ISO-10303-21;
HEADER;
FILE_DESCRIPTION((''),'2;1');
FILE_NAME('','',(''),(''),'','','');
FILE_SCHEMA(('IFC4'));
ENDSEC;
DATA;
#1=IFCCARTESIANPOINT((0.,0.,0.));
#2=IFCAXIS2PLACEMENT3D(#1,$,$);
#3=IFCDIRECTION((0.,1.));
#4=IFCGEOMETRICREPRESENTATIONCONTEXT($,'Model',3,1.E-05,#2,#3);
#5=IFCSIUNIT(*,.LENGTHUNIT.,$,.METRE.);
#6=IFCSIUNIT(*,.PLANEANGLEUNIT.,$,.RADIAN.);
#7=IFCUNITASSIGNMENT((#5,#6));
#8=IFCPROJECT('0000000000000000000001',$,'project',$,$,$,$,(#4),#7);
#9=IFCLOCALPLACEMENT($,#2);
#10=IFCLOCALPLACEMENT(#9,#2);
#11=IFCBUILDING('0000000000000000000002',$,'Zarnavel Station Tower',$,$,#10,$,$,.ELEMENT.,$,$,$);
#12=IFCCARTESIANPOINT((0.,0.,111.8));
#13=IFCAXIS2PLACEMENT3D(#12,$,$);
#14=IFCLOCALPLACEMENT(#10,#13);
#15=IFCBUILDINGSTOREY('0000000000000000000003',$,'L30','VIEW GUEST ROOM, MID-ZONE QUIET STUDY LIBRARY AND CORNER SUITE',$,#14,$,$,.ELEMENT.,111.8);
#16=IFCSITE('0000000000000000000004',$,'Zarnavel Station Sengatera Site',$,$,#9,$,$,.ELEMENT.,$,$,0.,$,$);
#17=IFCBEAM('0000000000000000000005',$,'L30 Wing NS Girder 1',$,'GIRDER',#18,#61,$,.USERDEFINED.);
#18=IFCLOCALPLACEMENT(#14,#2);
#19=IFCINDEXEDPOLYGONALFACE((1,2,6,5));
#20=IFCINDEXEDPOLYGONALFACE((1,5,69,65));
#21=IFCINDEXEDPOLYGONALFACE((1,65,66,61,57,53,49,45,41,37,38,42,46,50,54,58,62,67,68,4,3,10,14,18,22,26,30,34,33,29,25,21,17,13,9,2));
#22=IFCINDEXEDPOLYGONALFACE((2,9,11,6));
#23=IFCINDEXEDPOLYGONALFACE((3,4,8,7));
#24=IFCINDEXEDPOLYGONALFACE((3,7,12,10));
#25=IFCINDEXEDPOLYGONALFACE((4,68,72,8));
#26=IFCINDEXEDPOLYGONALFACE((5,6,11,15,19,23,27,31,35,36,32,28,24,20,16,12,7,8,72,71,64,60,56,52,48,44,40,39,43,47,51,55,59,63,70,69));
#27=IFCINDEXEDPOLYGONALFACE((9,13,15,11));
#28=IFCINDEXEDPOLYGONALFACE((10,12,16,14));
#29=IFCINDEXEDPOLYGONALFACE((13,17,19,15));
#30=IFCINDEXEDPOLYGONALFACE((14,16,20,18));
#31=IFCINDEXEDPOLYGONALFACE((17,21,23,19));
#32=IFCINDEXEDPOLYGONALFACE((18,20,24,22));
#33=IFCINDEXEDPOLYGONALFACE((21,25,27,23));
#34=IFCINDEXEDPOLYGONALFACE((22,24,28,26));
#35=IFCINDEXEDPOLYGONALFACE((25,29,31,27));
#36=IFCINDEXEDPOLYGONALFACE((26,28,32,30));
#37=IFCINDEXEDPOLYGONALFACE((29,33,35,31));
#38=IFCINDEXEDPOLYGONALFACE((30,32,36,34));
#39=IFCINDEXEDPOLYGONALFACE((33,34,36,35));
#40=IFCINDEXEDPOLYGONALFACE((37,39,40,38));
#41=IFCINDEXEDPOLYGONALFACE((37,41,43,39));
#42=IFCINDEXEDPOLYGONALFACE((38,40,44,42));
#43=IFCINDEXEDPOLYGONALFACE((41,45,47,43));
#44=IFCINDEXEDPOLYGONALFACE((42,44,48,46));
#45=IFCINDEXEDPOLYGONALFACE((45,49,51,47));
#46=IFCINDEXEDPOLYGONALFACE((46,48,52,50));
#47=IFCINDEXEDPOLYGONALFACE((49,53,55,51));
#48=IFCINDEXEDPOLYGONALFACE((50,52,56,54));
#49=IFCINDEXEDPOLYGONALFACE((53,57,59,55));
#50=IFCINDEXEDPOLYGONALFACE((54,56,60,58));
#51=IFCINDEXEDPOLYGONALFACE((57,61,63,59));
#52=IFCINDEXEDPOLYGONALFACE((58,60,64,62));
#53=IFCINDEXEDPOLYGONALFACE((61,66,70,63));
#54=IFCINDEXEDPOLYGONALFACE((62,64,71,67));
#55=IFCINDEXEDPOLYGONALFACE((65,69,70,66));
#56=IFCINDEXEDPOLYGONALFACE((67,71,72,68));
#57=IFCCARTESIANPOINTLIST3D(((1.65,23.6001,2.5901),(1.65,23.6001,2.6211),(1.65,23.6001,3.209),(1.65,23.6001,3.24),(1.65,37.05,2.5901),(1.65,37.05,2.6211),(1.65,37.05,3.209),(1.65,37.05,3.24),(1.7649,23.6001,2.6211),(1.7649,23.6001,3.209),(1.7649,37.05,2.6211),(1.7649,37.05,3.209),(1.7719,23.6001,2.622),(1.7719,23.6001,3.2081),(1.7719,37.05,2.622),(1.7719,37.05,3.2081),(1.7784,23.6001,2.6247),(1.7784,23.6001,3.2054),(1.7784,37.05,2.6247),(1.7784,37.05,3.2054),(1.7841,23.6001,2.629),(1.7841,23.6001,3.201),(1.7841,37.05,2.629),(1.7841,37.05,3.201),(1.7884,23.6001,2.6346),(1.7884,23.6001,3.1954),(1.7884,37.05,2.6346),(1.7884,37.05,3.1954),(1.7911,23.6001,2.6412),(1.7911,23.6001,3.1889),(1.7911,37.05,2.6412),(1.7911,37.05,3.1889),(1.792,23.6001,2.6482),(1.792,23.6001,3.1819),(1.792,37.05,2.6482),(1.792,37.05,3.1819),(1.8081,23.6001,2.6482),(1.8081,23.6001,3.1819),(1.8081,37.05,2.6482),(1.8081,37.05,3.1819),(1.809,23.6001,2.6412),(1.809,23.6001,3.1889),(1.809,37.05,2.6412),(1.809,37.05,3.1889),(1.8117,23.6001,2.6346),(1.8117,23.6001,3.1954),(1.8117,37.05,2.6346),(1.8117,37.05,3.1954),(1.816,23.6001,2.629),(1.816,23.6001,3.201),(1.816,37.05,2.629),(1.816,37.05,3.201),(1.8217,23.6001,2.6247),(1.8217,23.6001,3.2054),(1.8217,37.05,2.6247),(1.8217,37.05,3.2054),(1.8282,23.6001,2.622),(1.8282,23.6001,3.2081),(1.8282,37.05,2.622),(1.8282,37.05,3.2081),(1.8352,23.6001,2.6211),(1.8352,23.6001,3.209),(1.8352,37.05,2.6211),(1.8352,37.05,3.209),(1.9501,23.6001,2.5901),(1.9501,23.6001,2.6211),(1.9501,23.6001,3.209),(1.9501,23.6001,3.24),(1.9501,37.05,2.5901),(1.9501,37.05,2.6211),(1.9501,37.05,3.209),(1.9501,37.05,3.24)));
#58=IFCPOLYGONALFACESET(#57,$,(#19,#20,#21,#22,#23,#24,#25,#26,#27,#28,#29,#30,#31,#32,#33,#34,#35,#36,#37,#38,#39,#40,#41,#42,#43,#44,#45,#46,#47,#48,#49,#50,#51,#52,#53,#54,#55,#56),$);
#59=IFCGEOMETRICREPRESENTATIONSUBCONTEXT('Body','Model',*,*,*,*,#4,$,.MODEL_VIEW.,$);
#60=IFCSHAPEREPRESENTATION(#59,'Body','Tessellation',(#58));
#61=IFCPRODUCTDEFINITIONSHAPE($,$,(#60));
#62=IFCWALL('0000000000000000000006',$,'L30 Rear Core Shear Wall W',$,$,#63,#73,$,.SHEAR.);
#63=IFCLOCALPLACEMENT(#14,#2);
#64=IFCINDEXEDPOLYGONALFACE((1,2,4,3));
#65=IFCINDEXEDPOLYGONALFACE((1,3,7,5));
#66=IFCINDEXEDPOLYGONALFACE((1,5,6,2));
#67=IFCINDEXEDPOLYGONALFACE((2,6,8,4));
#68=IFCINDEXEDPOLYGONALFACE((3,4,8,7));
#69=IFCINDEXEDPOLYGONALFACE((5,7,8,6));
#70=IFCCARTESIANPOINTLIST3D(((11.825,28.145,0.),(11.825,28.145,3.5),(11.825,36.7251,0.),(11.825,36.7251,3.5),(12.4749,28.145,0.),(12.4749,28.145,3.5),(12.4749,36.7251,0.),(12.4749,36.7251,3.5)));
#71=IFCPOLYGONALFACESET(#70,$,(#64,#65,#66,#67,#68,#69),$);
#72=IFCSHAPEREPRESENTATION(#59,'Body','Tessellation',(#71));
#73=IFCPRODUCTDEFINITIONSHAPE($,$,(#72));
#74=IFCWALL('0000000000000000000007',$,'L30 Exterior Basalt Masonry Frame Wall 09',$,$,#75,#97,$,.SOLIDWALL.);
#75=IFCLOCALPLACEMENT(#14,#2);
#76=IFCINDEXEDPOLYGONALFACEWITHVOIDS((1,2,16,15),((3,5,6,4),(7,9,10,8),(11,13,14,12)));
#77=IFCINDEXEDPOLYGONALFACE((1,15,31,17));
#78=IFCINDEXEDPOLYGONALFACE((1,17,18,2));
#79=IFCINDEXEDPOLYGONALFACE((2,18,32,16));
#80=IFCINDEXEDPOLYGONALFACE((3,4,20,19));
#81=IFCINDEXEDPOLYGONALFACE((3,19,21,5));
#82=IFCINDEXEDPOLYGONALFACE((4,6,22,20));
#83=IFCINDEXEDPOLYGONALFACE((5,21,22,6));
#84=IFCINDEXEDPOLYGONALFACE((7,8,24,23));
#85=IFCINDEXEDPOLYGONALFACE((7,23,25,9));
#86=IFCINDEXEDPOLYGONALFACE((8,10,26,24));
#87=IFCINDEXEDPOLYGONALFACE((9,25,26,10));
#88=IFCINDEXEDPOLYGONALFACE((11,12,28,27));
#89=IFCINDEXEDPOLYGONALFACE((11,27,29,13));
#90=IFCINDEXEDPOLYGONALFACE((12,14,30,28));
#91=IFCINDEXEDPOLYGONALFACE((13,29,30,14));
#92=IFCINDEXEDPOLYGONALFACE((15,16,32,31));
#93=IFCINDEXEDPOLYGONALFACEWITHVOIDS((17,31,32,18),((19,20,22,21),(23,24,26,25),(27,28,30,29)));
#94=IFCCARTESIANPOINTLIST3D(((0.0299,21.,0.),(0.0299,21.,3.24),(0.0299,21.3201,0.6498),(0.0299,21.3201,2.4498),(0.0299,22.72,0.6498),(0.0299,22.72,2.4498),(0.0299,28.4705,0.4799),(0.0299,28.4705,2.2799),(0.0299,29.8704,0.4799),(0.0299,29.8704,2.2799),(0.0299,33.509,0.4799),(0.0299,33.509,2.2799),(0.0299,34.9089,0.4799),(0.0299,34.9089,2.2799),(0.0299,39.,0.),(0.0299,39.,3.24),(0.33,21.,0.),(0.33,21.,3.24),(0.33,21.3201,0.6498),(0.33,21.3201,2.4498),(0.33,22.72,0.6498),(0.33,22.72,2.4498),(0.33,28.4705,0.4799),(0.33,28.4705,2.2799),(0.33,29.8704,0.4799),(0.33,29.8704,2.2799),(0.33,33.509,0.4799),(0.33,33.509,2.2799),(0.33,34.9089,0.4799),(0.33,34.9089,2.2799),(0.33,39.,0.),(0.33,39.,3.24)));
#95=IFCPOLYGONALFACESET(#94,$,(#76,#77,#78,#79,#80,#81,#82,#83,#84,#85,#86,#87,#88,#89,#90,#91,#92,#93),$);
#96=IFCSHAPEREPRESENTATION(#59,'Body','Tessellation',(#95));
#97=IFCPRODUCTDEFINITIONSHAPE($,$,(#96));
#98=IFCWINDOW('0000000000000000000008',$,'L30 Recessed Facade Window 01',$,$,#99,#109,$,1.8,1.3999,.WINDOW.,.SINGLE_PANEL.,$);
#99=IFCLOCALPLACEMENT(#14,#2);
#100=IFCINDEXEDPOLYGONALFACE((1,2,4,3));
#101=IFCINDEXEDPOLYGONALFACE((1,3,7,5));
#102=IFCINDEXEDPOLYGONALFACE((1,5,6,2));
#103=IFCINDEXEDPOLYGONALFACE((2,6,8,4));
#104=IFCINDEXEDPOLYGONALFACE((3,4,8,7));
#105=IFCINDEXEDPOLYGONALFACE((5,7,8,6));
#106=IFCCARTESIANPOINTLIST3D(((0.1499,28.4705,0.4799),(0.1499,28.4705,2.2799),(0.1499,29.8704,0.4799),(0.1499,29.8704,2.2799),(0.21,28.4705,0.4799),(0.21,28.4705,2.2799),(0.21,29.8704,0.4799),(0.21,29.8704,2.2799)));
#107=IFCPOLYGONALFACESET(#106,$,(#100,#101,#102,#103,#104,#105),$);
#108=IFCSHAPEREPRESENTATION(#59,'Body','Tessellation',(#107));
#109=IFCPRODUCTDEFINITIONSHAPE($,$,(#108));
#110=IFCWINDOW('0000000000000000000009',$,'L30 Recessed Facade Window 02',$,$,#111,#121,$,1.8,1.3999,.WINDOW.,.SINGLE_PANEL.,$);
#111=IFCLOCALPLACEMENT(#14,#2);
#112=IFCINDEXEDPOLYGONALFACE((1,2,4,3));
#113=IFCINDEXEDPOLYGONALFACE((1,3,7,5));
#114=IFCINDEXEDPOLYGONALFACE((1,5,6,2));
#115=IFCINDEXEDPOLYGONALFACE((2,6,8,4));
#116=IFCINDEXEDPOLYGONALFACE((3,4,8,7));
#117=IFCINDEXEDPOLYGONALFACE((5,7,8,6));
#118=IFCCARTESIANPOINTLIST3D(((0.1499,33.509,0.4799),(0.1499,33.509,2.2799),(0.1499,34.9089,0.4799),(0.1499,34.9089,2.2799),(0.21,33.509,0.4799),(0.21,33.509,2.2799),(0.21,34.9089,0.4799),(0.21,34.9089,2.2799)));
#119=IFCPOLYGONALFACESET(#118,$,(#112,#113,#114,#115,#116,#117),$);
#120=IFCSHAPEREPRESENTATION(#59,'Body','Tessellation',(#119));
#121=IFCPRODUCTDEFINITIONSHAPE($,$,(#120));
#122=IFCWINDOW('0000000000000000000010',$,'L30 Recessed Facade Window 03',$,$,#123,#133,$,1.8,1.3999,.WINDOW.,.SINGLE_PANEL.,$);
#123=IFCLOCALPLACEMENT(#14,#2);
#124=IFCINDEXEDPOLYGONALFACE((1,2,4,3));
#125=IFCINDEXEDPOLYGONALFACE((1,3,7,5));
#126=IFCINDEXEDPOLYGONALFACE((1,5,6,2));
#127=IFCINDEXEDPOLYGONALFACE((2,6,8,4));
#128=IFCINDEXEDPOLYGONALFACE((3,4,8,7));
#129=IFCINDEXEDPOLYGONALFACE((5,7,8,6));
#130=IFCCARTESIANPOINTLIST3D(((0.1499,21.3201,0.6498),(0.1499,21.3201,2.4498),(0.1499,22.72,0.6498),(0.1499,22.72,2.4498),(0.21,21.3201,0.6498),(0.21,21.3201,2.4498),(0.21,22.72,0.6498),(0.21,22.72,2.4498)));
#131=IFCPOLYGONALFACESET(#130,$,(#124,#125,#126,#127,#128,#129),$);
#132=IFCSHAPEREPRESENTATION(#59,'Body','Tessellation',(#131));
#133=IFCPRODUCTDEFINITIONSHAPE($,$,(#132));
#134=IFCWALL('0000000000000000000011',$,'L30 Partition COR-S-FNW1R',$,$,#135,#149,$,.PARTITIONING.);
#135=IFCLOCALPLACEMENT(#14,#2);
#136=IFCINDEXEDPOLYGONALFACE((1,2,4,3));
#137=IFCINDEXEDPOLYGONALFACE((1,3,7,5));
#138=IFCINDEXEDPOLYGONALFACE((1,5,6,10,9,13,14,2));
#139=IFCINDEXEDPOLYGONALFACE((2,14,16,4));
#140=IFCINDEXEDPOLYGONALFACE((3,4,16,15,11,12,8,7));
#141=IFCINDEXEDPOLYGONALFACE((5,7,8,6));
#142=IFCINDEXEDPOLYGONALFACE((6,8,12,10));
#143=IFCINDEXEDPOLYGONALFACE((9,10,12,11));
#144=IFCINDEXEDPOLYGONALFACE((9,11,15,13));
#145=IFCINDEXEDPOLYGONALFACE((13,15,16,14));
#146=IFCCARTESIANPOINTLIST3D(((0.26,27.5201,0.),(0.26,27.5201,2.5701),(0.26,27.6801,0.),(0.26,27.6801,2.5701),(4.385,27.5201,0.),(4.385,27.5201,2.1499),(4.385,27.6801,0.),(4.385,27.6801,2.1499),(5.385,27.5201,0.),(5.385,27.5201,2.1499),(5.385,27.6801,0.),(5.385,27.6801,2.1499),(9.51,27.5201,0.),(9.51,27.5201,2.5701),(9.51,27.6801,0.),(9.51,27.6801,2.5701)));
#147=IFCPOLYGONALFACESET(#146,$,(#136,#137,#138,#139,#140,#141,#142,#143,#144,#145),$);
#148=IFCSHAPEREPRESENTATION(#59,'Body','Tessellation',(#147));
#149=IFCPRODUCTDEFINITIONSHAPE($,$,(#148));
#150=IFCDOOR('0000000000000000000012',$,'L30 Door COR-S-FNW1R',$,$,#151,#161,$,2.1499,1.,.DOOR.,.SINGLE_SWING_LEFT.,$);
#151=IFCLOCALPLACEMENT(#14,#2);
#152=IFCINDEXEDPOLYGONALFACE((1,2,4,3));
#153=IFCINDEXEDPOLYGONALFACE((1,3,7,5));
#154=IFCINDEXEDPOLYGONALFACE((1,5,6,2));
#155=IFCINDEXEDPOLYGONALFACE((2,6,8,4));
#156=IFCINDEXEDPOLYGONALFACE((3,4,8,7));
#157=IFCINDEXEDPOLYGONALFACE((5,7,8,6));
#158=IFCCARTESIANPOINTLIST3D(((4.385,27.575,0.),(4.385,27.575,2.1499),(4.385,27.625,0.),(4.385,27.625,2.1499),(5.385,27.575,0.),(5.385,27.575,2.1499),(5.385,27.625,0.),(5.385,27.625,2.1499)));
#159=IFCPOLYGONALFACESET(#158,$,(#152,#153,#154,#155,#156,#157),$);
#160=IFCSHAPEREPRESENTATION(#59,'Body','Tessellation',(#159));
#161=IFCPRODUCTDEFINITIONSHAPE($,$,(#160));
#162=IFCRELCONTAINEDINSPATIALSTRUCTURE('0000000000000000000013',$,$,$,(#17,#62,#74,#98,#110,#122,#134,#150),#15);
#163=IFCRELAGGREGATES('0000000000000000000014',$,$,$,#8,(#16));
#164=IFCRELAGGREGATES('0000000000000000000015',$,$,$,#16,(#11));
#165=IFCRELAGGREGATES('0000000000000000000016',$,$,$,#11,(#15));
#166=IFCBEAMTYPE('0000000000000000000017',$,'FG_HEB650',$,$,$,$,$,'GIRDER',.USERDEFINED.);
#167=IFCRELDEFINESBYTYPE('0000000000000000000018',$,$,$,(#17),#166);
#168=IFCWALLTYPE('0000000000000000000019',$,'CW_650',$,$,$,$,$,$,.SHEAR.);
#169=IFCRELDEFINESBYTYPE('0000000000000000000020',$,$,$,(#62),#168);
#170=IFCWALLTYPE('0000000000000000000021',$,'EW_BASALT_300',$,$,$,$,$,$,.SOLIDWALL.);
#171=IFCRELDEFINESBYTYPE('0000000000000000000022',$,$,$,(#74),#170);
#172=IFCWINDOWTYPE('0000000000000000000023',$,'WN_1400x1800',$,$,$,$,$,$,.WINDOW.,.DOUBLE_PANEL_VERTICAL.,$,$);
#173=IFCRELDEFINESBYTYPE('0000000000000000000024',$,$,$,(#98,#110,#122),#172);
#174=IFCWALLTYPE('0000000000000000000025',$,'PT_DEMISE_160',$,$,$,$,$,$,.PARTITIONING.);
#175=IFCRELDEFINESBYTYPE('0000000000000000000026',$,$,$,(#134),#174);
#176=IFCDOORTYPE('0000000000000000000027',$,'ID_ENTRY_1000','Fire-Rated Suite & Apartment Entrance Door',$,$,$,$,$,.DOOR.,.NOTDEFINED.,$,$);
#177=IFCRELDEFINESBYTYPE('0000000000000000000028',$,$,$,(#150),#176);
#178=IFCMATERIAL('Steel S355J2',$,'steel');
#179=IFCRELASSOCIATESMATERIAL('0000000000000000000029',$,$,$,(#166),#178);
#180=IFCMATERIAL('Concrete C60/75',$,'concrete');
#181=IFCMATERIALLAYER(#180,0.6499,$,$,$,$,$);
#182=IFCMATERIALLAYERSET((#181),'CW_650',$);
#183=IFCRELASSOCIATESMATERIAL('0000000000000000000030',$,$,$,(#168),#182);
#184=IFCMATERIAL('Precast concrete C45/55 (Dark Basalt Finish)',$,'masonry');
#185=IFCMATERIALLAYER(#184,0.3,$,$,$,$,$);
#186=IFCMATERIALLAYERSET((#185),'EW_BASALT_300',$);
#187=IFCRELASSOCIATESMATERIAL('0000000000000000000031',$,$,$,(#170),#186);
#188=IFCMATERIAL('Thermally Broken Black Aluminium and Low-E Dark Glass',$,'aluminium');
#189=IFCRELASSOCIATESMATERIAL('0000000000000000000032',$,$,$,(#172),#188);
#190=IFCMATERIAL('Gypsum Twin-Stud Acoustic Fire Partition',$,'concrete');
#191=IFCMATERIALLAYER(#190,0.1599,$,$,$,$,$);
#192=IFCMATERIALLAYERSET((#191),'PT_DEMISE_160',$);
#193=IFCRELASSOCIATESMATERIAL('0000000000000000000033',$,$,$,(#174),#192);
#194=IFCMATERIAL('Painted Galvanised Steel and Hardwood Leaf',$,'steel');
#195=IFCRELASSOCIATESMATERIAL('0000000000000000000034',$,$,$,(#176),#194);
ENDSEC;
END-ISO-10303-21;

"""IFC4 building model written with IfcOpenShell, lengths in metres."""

from ifc_helpers import new_model, si_unit, direction, frame, frame_2d, origin, origin_2d, place, context, subcontext, project, spatial, rectangle, i_section, extrude, material, layer, layer_set, material_profile, profile_set, type_object, element, fill, save


model = new_model("IFC4")

# Units and contexts
model_context = context("Model", 3, precision=1e-05, world=origin(), true_north=direction((0.0, 1.0)))
body_context = subcontext(model_context, "Body", "Model", "MODEL_VIEW")
ifc_project = project(units=[si_unit("LENGTHUNIT", "METRE"), si_unit("PLANEANGLEUNIT", "RADIAN")], contexts=[model_context])

# Site, building, storey
site_placement = place(None, origin())
site = spatial("IfcSite", under=ifc_project, at=site_placement, Name="Zarnavel Station Sengatera Site", CompositionType="ELEMENT", RefElevation=0.0)
building_placement = place(site_placement, origin())
building = spatial("IfcBuilding", under=site, at=building_placement, Name="Zarnavel Station Tower", CompositionType="ELEMENT")
storey_placement = place(building_placement, frame((0.0, 0.0, 111.8)))
storey = spatial("IfcBuildingStorey", under=building, at=storey_placement, Name="L30", Description="VIEW GUEST ROOM, MID-ZONE QUIET STUDY LIBRARY AND CORNER SUITE", CompositionType="ELEMENT", Elevation=111.8)

# Beam
ifc_material_1 = material(Name="Steel S355J2", Category="steel")
ifc_material_profile_1 = material_profile(ifc_material_1, i_section(OverallWidth=0.3, OverallDepth=0.6499, WebThickness=0.0161, FlangeThickness=0.031, FilletRadius=0.0271, at=origin_2d()), Name="HEB650")
ifc_profile_set_1 = profile_set([ifc_material_profile_1], Name="Steel S355J2")
beam_type_1 = type_object("IfcBeamType", Name="FG_HEB650", ElementType="GIRDER", PredefinedType="USERDEFINED", material=ifc_profile_set_1)
beam_1_placement = place(storey_placement, frame((1.8, 23.6001, 2.915), z_axis=(0.0, 1.0, 0.0), x_axis=(-1.0, 0.0, 0.0)))
element("IfcBeam", 1, at=beam_1_placement, inside=storey, type_object=beam_type_1, Name="L30 Wing NS Girder 1", ObjectType="GIRDER", PredefinedType="USERDEFINED", context=body_context, shape_type="SweptSolid", body=[
    extrude(i_section(OverallWidth=0.3, OverallDepth=0.6499, WebThickness=0.0161, FlangeThickness=0.031, FilletRadius=0.0271, at=origin_2d()), origin(), (0.0, 0.0, 1.0), 13.45),
])

# Wall
ifc_material_2 = material(Name="Concrete C60/75", Category="concrete")
ifc_layer_1 = layer(ifc_material_2, 0.6499)
ifc_layer_set_1 = layer_set([ifc_layer_1], Name="CW_650")
wall_type_1 = type_object("IfcWallType", Name="CW_650", PredefinedType="SHEAR", material=ifc_layer_set_1)
wall_1_placement = place(storey_placement, frame((12.1499, 28.145, 0.0), z_axis=(0.0, 0.0, 1.0), x_axis=(0.0, 1.0, 0.0)))
element("IfcWall", 2, at=wall_1_placement, inside=storey, type_object=wall_type_1, Name="L30 Rear Core Shear Wall W", PredefinedType="SHEAR", context=body_context, shape_type="SweptSolid", body=[
    extrude(rectangle(XDim=8.5801, YDim=0.6499, at=frame_2d((4.29, 0.0))), origin(), (0.0, 0.0, 1.0), 3.5),
])

# Wall, openings, windows
ifc_material_3 = material(Name="Precast concrete C45/55 (Dark Basalt Finish)", Category="masonry")
ifc_layer_2 = layer(ifc_material_3, 0.3)
ifc_layer_set_2 = layer_set([ifc_layer_2], Name="EW_BASALT_300")
wall_type_2 = type_object("IfcWallType", Name="EW_BASALT_300", PredefinedType="SOLIDWALL", material=ifc_layer_set_2)
wall_2_placement = place(storey_placement, frame((0.1799, 21.0, 0.0), z_axis=(0.0, 0.0, 1.0), x_axis=(0.0, 1.0, 0.0)))
wall_2 = element("IfcWall", 3, at=wall_2_placement, inside=storey, type_object=wall_type_2, Name="L30 Exterior Basalt Masonry Frame Wall 09", PredefinedType="SOLIDWALL", context=body_context, shape_type="SweptSolid", body=[
    extrude(rectangle(XDim=18.0, YDim=0.3, at=frame_2d((9.0, 0.0))), origin(), (0.0, 0.0, 1.0), 3.24),
])
opening_1_placement = place(wall_2_placement, frame((7.4705, 0.0, 0.48)))
opening_1 = element("IfcOpeningElement", 4, at=opening_1_placement, cuts=wall_2, PredefinedType="OPENING", context=body_context, shape_type="SweptSolid", body=[
    extrude(rectangle(XDim=1.3999, YDim=1.8, at=frame_2d((0.7, 0.8999))), frame((0.0, 0.1599, 0.0), z_axis=(0.0, -1.0, 0.0), x_axis=(1.0, 0.0, 0.0)), (0.0, 0.0, 1.0), 0.3201),
])
opening_2_placement = place(wall_2_placement, frame((12.509, 0.0, 0.48)))
opening_2 = element("IfcOpeningElement", 5, at=opening_2_placement, cuts=wall_2, PredefinedType="OPENING", context=body_context, shape_type="SweptSolid", body=[
    extrude(rectangle(XDim=1.3999, YDim=1.8, at=frame_2d((0.7, 0.8999))), frame((0.0, 0.1599, 0.0), z_axis=(0.0, -1.0, 0.0), x_axis=(1.0, 0.0, 0.0)), (0.0, 0.0, 1.0), 0.3201),
])
opening_3_placement = place(wall_2_placement, frame((0.3201, 0.0, 0.6499)))
opening_3 = element("IfcOpeningElement", 6, at=opening_3_placement, cuts=wall_2, PredefinedType="OPENING", context=body_context, shape_type="SweptSolid", body=[
    extrude(rectangle(XDim=1.3999, YDim=1.8, at=frame_2d((0.7, 0.8999))), frame((0.0, 0.1599, 0.0), z_axis=(0.0, -1.0, 0.0), x_axis=(1.0, 0.0, 0.0)), (0.0, 0.0, 1.0), 0.3201),
])
ifc_material_4 = material(Name="Thermally Broken Black Aluminium and Low-E Dark Glass", Category="aluminium")
window_type = type_object("IfcWindowType", Name="WN_1400x1800", PartitioningType="DOUBLE_PANEL_VERTICAL", PredefinedType="WINDOW", material=ifc_material_4)
window_1_placement = place(opening_1_placement, origin())
window_1 = element("IfcWindow", 7, at=window_1_placement, inside=storey, type_object=window_type, Name="L30 Recessed Facade Window 01", OverallHeight=1.8, OverallWidth=1.3999, PartitioningType="SINGLE_PANEL", PredefinedType="WINDOW", context=body_context, shape_type="SweptSolid", body=[
    extrude(rectangle(XDim=1.3999, YDim=1.8, at=frame_2d((0.7, 0.8999))), frame((0.0, 0.03, 0.0), z_axis=(0.0, -1.0, 0.0), x_axis=(1.0, 0.0, 0.0)), (0.0, 0.0, 1.0), 0.0601),
])
fill(opening_1, window_1)
window_2_placement = place(opening_2_placement, origin())
window_2 = element("IfcWindow", 8, at=window_2_placement, inside=storey, type_object=window_type, Name="L30 Recessed Facade Window 02", OverallHeight=1.8, OverallWidth=1.3999, PartitioningType="SINGLE_PANEL", PredefinedType="WINDOW", context=body_context, shape_type="SweptSolid", body=[
    extrude(rectangle(XDim=1.3999, YDim=1.8, at=frame_2d((0.7, 0.8999))), frame((0.0, 0.03, 0.0), z_axis=(0.0, -1.0, 0.0), x_axis=(1.0, 0.0, 0.0)), (0.0, 0.0, 1.0), 0.0601),
])
fill(opening_2, window_2)
window_3_placement = place(opening_3_placement, origin())
window_3 = element("IfcWindow", 9, at=window_3_placement, inside=storey, type_object=window_type, Name="L30 Recessed Facade Window 03", OverallHeight=1.8, OverallWidth=1.3999, PartitioningType="SINGLE_PANEL", PredefinedType="WINDOW", context=body_context, shape_type="SweptSolid", body=[
    extrude(rectangle(XDim=1.3999, YDim=1.8, at=frame_2d((0.7, 0.8999))), frame((0.0, 0.03, 0.0), z_axis=(0.0, -1.0, 0.0), x_axis=(1.0, 0.0, 0.0)), (0.0, 0.0, 1.0), 0.0601),
])
fill(opening_3, window_3)

# Wall, opening, door
ifc_material_5 = material(Name="Gypsum Twin-Stud Acoustic Fire Partition", Category="concrete")
ifc_layer_3 = layer(ifc_material_5, 0.1599)
ifc_layer_set_3 = layer_set([ifc_layer_3], Name="PT_DEMISE_160")
wall_type_3 = type_object("IfcWallType", Name="PT_DEMISE_160", PredefinedType="PARTITIONING", material=ifc_layer_set_3)
wall_3_placement = place(storey_placement, frame((0.26, 27.6001, 0.0), z_axis=(0.0, 0.0, 1.0), x_axis=(1.0, 0.0, 0.0)))
wall_3 = element("IfcWall", 10, at=wall_3_placement, inside=storey, type_object=wall_type_3, Name="L30 Partition COR-S-FNW1R", PredefinedType="PARTITIONING", context=body_context, shape_type="SweptSolid", body=[
    extrude(rectangle(XDim=9.25, YDim=0.1599, at=frame_2d((4.625, 0.0))), origin(), (0.0, 0.0, 1.0), 2.5701),
])
opening_4_placement = place(wall_3_placement, frame((4.125, 0.0, 0.0)))
opening_4 = element("IfcOpeningElement", 11, at=opening_4_placement, cuts=wall_3, PredefinedType="OPENING", context=body_context, shape_type="SweptSolid", body=[
    extrude(rectangle(XDim=1.0, YDim=2.1499, at=frame_2d((0.5, 1.075))), frame((0.0, 0.0898, 0.0), z_axis=(0.0, -1.0, 0.0), x_axis=(1.0, 0.0, 0.0)), (0.0, 0.0, 1.0), 0.1799),
])
ifc_material_6 = material(Name="Painted Galvanised Steel and Hardwood Leaf", Category="steel")
door_type_1 = type_object("IfcDoorType", Name="ID_ENTRY_1000", Description="Fire-Rated Suite & Apartment Entrance Door", OperationType="NOTDEFINED", PredefinedType="DOOR", material=ifc_material_6)
door_1_placement = place(opening_4_placement, origin())
door_1 = element("IfcDoor", 12, at=door_1_placement, inside=storey, type_object=door_type_1, Name="L30 Door COR-S-FNW1R", OperationType="SINGLE_SWING_LEFT", OverallHeight=2.1499, OverallWidth=1.0, PredefinedType="DOOR", context=body_context, shape_type="SweptSolid", body=[
    extrude(rectangle(XDim=1.0, YDim=2.1499, at=frame_2d((0.5, 1.075))), frame((0.0, 0.0249, 0.0), z_axis=(0.0, -1.0, 0.0), x_axis=(1.0, 0.0, 0.0)), (0.0, 0.0, 1.0), 0.05),
])
fill(opening_4, door_1)

save(model, "model.ifc")
